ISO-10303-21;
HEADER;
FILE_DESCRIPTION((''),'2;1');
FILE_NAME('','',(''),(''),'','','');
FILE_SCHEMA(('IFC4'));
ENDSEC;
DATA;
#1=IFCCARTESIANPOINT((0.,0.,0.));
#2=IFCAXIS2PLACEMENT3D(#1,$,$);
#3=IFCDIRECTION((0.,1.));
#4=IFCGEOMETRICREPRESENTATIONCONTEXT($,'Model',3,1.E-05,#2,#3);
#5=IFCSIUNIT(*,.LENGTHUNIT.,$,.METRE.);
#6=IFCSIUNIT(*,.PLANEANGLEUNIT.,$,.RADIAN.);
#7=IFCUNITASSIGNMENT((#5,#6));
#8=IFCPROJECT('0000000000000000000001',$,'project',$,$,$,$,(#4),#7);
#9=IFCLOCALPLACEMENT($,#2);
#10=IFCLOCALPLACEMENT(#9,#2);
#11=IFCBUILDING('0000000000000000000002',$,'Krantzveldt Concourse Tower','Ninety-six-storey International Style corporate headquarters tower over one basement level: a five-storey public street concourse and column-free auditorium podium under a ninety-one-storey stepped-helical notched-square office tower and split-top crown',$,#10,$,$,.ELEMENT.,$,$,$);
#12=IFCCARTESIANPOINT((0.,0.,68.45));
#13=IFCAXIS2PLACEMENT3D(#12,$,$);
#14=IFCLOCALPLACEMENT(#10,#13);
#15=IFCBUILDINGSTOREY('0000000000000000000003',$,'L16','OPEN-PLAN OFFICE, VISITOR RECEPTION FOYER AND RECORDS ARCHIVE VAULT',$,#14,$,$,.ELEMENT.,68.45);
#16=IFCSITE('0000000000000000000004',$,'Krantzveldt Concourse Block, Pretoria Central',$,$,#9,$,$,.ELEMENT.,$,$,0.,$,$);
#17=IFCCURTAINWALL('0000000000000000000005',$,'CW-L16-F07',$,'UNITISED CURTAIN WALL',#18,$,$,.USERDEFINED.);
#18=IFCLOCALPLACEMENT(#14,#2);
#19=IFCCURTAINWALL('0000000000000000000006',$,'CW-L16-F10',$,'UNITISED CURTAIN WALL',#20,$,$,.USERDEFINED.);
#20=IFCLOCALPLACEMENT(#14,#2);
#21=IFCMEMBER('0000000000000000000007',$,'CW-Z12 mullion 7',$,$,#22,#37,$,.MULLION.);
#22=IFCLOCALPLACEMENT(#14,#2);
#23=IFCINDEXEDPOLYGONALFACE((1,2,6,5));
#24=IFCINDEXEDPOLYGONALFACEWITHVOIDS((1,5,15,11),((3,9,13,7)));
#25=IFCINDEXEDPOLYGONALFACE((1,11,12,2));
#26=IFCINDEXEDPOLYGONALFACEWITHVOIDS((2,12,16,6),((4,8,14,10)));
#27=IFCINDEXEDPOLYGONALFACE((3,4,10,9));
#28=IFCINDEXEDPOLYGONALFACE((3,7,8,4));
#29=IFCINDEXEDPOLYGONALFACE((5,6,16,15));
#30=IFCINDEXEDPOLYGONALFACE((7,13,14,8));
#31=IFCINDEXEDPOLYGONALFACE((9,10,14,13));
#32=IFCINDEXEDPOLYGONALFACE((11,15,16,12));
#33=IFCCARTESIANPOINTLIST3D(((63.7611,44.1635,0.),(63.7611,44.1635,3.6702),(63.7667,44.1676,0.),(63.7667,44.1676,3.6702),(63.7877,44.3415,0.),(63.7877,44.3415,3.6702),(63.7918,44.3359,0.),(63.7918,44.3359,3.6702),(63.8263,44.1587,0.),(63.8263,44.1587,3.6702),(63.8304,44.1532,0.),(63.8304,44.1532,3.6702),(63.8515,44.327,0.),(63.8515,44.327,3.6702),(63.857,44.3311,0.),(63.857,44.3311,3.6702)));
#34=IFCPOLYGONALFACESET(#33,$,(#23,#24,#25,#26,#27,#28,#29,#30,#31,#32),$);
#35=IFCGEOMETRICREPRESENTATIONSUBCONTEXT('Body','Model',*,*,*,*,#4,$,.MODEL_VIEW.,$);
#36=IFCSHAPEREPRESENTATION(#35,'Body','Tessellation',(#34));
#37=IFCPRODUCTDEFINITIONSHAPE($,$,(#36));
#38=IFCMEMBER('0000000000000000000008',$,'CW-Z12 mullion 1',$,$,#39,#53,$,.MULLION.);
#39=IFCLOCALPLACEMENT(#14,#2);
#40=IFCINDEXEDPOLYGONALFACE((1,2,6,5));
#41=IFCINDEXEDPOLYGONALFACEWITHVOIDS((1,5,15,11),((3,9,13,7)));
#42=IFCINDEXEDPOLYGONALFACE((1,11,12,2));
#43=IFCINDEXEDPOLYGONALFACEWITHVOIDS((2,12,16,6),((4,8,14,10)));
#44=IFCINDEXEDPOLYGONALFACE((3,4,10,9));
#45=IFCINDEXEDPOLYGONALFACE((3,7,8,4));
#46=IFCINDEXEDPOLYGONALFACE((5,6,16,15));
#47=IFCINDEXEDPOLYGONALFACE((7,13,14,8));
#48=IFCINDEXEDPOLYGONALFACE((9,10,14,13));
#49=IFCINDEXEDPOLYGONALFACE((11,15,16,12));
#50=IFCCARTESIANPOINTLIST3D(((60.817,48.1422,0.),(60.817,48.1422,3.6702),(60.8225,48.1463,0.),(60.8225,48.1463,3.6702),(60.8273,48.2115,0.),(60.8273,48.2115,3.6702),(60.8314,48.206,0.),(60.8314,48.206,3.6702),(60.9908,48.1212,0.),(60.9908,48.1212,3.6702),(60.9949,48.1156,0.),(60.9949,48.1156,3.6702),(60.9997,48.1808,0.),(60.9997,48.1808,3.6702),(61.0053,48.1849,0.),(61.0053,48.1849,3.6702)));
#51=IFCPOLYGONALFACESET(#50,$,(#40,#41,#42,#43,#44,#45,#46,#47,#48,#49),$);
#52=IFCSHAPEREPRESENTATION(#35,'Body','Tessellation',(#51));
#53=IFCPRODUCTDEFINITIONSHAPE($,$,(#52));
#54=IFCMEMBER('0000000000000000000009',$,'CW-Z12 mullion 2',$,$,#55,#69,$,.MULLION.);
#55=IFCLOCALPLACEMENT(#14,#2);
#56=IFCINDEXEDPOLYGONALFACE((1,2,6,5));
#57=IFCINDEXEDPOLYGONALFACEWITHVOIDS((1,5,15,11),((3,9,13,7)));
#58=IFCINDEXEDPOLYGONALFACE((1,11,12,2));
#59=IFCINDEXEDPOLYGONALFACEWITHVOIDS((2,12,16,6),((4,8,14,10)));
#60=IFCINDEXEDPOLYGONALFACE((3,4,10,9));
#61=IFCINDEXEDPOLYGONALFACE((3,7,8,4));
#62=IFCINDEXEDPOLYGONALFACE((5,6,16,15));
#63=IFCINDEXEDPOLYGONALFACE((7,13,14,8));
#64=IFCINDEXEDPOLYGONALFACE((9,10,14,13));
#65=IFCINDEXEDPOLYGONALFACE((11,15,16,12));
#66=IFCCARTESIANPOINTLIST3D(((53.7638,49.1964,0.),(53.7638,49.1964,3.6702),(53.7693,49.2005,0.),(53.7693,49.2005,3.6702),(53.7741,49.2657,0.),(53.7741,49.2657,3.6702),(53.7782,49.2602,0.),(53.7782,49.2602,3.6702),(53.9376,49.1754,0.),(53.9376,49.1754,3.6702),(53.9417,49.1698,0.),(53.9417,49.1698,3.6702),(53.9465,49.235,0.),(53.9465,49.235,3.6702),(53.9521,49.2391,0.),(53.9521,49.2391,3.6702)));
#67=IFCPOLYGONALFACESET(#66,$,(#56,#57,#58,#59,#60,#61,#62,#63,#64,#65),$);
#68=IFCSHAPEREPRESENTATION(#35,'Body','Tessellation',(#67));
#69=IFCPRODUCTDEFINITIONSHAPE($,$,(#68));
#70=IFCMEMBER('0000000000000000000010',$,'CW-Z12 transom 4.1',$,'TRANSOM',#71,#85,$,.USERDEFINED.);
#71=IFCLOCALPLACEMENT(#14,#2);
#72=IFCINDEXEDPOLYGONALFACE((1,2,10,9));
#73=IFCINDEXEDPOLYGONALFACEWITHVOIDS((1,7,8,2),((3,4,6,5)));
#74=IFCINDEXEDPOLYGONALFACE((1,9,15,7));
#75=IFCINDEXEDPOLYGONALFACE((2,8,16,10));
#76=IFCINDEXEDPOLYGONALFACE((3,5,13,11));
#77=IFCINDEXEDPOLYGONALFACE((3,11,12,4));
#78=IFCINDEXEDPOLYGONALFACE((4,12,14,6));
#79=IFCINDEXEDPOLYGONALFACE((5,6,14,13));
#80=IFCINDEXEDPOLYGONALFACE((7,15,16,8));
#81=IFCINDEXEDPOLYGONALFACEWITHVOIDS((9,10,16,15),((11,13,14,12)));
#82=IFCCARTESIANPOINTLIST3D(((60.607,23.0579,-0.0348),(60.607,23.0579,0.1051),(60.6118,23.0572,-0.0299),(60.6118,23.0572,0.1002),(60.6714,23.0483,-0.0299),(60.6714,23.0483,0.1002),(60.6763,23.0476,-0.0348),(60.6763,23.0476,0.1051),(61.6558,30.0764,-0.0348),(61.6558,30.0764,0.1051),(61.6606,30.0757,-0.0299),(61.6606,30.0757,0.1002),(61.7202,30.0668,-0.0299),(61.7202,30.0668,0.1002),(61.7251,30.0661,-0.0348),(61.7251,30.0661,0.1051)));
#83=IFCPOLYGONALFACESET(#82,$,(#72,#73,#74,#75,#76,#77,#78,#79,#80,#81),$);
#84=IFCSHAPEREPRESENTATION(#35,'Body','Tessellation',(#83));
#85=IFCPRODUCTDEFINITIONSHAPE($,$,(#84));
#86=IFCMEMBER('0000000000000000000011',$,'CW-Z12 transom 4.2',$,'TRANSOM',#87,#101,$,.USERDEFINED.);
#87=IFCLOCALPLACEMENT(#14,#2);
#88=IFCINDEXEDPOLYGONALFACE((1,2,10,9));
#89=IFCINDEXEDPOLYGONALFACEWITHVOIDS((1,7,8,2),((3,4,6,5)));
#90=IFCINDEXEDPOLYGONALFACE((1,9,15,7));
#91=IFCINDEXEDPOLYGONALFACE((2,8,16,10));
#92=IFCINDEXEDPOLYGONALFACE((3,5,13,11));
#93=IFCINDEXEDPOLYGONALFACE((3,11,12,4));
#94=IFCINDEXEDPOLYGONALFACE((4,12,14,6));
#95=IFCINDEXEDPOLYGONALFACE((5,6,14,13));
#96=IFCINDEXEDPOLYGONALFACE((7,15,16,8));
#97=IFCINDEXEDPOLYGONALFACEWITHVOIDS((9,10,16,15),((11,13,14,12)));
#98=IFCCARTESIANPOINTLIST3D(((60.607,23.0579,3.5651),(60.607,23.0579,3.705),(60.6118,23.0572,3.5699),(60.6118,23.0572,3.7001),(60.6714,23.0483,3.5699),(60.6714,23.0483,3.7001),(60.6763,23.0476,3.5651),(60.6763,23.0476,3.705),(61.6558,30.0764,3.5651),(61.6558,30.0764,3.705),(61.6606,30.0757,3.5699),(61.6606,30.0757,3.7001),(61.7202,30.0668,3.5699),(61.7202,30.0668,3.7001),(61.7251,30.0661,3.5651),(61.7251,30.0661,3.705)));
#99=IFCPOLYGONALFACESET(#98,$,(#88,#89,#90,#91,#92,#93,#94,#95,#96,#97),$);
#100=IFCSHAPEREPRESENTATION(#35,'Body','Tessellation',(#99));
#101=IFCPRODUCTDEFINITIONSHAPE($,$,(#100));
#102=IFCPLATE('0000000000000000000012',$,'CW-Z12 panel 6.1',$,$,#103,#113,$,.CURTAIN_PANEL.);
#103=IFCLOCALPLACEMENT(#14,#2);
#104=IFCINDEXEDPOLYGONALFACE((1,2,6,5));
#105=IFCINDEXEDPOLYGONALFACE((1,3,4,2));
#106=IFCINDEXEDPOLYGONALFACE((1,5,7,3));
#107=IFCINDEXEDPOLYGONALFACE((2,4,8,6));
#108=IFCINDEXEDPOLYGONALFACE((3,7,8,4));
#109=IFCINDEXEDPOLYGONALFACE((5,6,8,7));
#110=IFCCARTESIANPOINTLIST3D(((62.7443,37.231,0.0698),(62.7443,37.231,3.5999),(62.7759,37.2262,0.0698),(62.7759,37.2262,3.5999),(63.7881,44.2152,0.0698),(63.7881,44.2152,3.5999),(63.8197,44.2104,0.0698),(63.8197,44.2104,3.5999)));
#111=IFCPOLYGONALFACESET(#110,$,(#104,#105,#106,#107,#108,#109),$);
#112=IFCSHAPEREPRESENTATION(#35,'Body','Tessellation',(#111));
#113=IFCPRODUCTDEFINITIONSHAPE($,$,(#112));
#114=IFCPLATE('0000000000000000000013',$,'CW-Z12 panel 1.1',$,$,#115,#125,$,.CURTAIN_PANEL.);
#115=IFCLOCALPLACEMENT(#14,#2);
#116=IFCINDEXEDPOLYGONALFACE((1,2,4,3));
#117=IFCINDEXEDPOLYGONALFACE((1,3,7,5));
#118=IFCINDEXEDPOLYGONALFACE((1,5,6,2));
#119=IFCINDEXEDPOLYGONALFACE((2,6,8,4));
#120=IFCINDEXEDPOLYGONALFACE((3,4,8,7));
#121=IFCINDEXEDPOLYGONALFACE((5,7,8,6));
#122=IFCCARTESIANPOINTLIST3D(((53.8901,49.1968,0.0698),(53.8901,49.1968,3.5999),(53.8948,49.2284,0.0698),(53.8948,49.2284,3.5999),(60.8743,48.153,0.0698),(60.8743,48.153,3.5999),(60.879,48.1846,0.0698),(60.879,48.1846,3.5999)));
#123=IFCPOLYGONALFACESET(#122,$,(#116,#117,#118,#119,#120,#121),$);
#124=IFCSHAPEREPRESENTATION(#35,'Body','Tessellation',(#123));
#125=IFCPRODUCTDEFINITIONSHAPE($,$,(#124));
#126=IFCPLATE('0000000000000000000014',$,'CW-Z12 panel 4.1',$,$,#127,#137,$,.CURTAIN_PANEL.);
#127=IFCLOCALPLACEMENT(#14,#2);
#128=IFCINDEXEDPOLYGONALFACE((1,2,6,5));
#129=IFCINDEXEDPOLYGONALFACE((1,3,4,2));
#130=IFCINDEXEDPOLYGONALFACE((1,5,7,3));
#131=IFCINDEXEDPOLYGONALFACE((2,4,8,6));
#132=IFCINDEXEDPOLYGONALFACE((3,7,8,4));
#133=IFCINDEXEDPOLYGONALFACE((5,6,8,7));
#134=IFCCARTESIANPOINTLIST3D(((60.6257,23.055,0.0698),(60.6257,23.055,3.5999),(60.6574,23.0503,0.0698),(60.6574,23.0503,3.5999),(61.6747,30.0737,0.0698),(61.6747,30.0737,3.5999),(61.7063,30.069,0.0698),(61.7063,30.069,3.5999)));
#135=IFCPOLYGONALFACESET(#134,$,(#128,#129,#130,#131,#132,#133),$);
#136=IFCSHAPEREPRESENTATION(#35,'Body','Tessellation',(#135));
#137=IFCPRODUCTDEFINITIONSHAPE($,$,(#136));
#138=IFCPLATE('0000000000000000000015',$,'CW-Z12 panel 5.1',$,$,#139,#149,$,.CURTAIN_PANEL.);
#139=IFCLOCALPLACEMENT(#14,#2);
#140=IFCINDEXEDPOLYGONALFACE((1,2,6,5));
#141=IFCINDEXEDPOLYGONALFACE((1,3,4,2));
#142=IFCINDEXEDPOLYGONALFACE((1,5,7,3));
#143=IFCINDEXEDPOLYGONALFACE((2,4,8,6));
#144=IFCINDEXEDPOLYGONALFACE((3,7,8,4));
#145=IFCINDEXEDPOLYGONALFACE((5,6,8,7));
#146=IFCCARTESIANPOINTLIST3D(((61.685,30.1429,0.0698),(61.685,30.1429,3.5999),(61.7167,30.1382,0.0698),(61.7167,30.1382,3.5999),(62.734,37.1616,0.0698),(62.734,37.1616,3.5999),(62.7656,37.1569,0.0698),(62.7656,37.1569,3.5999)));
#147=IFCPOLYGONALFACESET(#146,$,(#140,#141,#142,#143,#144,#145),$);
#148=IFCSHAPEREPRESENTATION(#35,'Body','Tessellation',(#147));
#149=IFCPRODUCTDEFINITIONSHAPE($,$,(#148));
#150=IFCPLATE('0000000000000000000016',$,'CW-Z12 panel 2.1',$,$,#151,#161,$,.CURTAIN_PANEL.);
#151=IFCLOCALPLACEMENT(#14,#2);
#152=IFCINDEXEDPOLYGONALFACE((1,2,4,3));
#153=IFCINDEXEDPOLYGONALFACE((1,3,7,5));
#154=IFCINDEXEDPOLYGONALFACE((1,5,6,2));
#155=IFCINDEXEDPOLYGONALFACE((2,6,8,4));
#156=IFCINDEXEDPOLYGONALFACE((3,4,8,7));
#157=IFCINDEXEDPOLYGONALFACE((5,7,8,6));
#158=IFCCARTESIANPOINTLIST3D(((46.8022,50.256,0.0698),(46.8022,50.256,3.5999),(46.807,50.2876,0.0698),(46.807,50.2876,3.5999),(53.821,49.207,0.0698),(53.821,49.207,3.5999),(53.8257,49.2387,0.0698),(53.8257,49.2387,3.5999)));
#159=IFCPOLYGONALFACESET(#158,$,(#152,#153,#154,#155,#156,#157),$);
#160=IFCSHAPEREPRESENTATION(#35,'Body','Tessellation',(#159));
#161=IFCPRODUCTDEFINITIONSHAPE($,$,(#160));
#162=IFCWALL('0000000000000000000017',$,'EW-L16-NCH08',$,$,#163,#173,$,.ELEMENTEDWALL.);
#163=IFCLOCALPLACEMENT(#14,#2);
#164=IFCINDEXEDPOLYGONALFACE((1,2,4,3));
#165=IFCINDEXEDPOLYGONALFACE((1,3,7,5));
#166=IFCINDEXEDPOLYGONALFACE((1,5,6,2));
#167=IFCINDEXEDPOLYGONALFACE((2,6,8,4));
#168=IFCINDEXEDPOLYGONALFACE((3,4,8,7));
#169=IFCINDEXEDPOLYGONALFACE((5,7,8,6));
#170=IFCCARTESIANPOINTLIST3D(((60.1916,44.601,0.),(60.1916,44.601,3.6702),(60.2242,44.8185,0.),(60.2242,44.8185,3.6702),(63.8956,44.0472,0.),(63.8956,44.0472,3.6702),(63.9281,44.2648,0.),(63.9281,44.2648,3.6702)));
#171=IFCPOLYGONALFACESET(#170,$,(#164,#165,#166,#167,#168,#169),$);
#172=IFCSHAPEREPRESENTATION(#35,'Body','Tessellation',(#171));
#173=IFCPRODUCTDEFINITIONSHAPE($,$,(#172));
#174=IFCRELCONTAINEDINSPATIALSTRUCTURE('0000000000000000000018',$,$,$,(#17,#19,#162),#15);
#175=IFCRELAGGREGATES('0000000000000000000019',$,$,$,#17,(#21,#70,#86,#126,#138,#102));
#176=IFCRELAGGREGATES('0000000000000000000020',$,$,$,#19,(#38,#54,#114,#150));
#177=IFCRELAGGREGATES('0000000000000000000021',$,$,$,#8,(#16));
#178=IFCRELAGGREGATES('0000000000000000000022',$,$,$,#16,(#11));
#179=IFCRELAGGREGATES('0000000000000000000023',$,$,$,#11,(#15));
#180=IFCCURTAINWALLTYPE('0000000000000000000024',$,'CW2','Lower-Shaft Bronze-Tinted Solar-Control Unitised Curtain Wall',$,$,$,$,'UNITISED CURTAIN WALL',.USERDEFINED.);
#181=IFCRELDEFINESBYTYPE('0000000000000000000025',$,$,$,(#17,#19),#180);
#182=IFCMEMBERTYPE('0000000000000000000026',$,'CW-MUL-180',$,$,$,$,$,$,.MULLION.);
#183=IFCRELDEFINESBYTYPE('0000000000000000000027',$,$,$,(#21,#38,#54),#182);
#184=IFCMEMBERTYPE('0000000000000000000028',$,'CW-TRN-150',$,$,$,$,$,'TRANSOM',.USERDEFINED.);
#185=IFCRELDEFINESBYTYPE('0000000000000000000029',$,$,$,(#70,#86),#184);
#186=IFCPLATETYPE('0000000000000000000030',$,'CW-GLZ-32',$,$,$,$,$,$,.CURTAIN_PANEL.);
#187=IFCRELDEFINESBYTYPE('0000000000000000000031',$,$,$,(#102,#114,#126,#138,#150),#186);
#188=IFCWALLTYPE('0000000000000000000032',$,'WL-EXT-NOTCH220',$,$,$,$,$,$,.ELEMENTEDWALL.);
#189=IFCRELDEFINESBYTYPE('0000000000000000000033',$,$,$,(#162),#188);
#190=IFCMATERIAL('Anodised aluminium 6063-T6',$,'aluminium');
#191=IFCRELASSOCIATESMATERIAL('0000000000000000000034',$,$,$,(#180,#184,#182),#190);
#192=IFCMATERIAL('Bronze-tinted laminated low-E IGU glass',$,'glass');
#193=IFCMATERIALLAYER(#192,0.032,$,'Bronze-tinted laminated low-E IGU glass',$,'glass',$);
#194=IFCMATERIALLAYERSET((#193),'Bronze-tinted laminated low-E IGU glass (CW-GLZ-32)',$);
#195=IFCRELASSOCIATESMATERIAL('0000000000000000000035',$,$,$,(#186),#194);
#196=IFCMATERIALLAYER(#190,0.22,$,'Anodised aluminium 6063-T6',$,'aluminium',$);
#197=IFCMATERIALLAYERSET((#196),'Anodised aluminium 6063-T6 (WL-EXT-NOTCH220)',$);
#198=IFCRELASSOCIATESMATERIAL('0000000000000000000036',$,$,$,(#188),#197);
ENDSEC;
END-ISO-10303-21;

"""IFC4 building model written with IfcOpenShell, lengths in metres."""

from ifc_helpers import new_model, si_unit, direction, frame, frame_2d, origin, origin_2d, place, context, subcontext, project, spatial, rectangle, hollow_rectangle, extrude, source, transform, mapped, material, layer, layer_set, material_profile, profile_set, type_object, type_shapes, element, aggregate, save


model = new_model("IFC4")

# Units and contexts
model_context = context("Model", 3, precision=1e-05, world=origin(), true_north=direction((0.0, 1.0)))
body_context = subcontext(model_context, "Body", "Model", "MODEL_VIEW")
ifc_project = project(units=[si_unit("LENGTHUNIT", "METRE"), si_unit("PLANEANGLEUNIT", "RADIAN")], contexts=[model_context])

# Site, building, storey
site_placement = place(None, origin())
site = spatial("IfcSite", under=ifc_project, at=site_placement, Name="Krantzveldt Concourse Block, Pretoria Central", CompositionType="ELEMENT", RefElevation=0.0)
building_placement = place(site_placement, origin())
building = spatial("IfcBuilding", under=site, at=building_placement, Name="Krantzveldt Concourse Tower", Description="Ninety-six-storey International Style corporate headquarters tower over one basement level: a five-storey public street concourse and column-free auditorium podium under a ninety-one-storey stepped-helical notched-square office tower and split-top crown", CompositionType="ELEMENT")
storey_placement = place(building_placement, frame((0.0, 0.0, 68.45)))
storey = spatial("IfcBuildingStorey", under=building, at=storey_placement, Name="L16", Description="OPEN-PLAN OFFICE, VISITOR RECEPTION FOYER AND RECORDS ARCHIVE VAULT", CompositionType="ELEMENT", Elevation=68.45)

# Curtain walls
ifc_material_1 = material(Name="Anodised aluminium 6063-T6", Category="aluminium")
curtain_wall_type = type_object("IfcCurtainWallType", Name="CW2", Description="Lower-Shaft Bronze-Tinted Solar-Control Unitised Curtain Wall", ElementType="UNITISED CURTAIN WALL", PredefinedType="USERDEFINED", material=ifc_material_1)
curtain_wall_1_placement = place(storey_placement, origin())
curtain_wall_1 = element("IfcCurtainWall", 1, at=curtain_wall_1_placement, inside=storey, type_object=curtain_wall_type, Name="CW-L16-F07", ObjectType="UNITISED CURTAIN WALL", PredefinedType="USERDEFINED")
ifc_material_profile_1 = material_profile(ifc_material_1, hollow_rectangle(XDim=0.0701, YDim=0.1399, WallThickness=0.0049, at=origin_2d()), Name="Anodised aluminium 6063-T6", Category="aluminium")
ifc_profile_set_1 = profile_set([ifc_material_profile_1], Name="Anodised aluminium 6063-T6 - ALU-TRAN 140x70x5")
member_type_1 = type_object("IfcMemberType", Name="CW-TRN-150", ElementType="TRANSOM", PredefinedType="USERDEFINED", material=ifc_profile_set_1)
curtain_wall_2_placement = place(storey_placement, origin())
curtain_wall_2 = element("IfcCurtainWall", 2, at=curtain_wall_2_placement, inside=storey, type_object=curtain_wall_type, Name="CW-L16-F10", ObjectType="UNITISED CURTAIN WALL", PredefinedType="USERDEFINED")

# Members
ifc_material_profile_2 = material_profile(ifc_material_1, hollow_rectangle(XDim=0.0701, YDim=0.1799, WallThickness=0.0049, at=origin_2d()), Name="Anodised aluminium 6063-T6", Category="aluminium")
ifc_profile_set_2 = profile_set([ifc_material_profile_2], Name="Anodised aluminium 6063-T6 - ALU-MULL 180x70x5")
member_type_2 = type_object("IfcMemberType", Name="CW-MUL-180", PredefinedType="MULLION", material=ifc_profile_set_2)
shared_shape_1 = source(origin(), body_context, "Body", "SweptSolid", [
    extrude(hollow_rectangle(XDim=0.0701, YDim=0.1799, WallThickness=0.0049, at=origin_2d()), origin(), (0.0, 0.0, 1.0), 3.6702),
])
type_shapes(member_type_2, [shared_shape_1])
member_1_placement = place(storey_placement, frame((63.8091, 44.2473, 0.0), z_axis=(0.0, 0.0, 1.0), x_axis=(-0.989016, 0.14781, 0.0)))
member_1 = element("IfcMember", 3, at=member_1_placement, type_object=member_type_2, Name="CW-Z12 mullion 7", PredefinedType="MULLION", context=body_context, shape_type="MappedRepresentation", body=[
    mapped(shared_shape_1, transform((0.0, 0.0, 0.0), x_axis=(1.0, 0.0, 0.0), y_axis=(0.0, 1.0, 0.0), z_axis=(0.0, 0.0, 1.0), scale=1.0)),
])
member_2_placement = place(storey_placement, frame((60.9111, 48.1636, 0.0), z_axis=(0.0, 0.0, 1.0), x_axis=(-0.14781, -0.989016, 0.0)))
member_2 = element("IfcMember", 4, at=member_2_placement, type_object=member_type_2, Name="CW-Z12 mullion 1", PredefinedType="MULLION", context=body_context, shape_type="MappedRepresentation", body=[
    mapped(shared_shape_1, transform((0.0, 0.0, 0.0), x_axis=(1.0, 0.0, 0.0), y_axis=(0.0, 1.0, 0.0), z_axis=(0.0, 0.0, 1.0), scale=1.0)),
])
member_3_placement = place(storey_placement, frame((53.8579, 49.2178, 0.0), z_axis=(0.0, 0.0, 1.0), x_axis=(-0.14781, -0.989016, 0.0)))
member_3 = element("IfcMember", 5, at=member_3_placement, type_object=member_type_2, Name="CW-Z12 mullion 2", PredefinedType="MULLION", context=body_context, shape_type="MappedRepresentation", body=[
    mapped(shared_shape_1, transform((0.0, 0.0, 0.0), x_axis=(1.0, 0.0, 0.0), y_axis=(0.0, 1.0, 0.0), z_axis=(0.0, 0.0, 1.0), scale=1.0)),
])
shared_shape_2 = source(origin(), body_context, "Body", "SweptSolid", [
    extrude(hollow_rectangle(XDim=0.0701, YDim=0.1399, WallThickness=0.0049, at=origin_2d()), origin(), (0.0, 0.0, 1.0), 7.0964),
])
member_4_placement = place(storey_placement, frame((60.6416, 23.0527, 0.0352), z_axis=(0.147795, 0.989018, 0.0), x_axis=(-0.989018, 0.147795, 0.0)))
member_4 = element("IfcMember", 6, at=member_4_placement, type_object=member_type_1, Name="CW-Z12 transom 4.1", ObjectType="TRANSOM", PredefinedType="USERDEFINED", context=body_context, shape_type="MappedRepresentation", body=[
    mapped(shared_shape_2, transform((0.0, 0.0, 0.0), x_axis=(1.0, 0.0, 0.0), y_axis=(0.0, 1.0, 0.0), z_axis=(0.0, 0.0, 1.0), scale=1.0)),
])
member_5_placement = place(storey_placement, frame((60.6416, 23.0527, 3.635), z_axis=(0.147795, 0.989018, 0.0), x_axis=(-0.989018, 0.147795, 0.0)))
member_5 = element("IfcMember", 7, at=member_5_placement, type_object=member_type_1, Name="CW-Z12 transom 4.2", ObjectType="TRANSOM", PredefinedType="USERDEFINED", context=body_context, shape_type="MappedRepresentation", body=[
    mapped(shared_shape_2, transform((0.0, 0.0, 0.0), x_axis=(1.0, 0.0, 0.0), y_axis=(0.0, 1.0, 0.0), z_axis=(0.0, 0.0, 1.0), scale=1.0)),
])

# Plates
ifc_material_2 = material(Name="Bronze-tinted laminated low-E IGU glass", Category="glass")
ifc_layer_1 = layer(ifc_material_2, 0.032, Name="Bronze-tinted laminated low-E IGU glass", Category="glass")
ifc_layer_set_1 = layer_set([ifc_layer_1], Name="Bronze-tinted laminated low-E IGU glass (CW-GLZ-32)")
plate_type = type_object("IfcPlateType", Name="CW-GLZ-32", PredefinedType="CURTAIN_PANEL", material=ifc_layer_set_1)
shared_shape_3 = source(origin(), body_context, "Body", "SweptSolid", [
    extrude(rectangle(XDim=7.0618, YDim=0.032, at=origin_2d()), origin(), (0.0, 0.0, 1.0), 3.53),
])
plate_1_placement = place(storey_placement, frame((63.282, 40.7207, 0.0698), z_axis=(0.0, 0.0, 1.0), x_axis=(0.14781, 0.989016, 0.0)))
plate_1 = element("IfcPlate", 8, at=plate_1_placement, type_object=plate_type, Name="CW-Z12 panel 6.1", PredefinedType="CURTAIN_PANEL", context=body_context, shape_type="MappedRepresentation", body=[
    mapped(shared_shape_3, transform((0.0, 0.0, 0.0), x_axis=(1.0, 0.0, 0.0), y_axis=(0.0, 1.0, 0.0), z_axis=(0.0, 0.0, 1.0), scale=1.0)),
])
plate_2_placement = place(storey_placement, frame((57.3845, 48.6907, 0.0698), z_axis=(0.0, 0.0, 1.0), x_axis=(-0.989016, 0.14781, 0.0)))
plate_2 = element("IfcPlate", 9, at=plate_2_placement, type_object=plate_type, Name="CW-Z12 panel 1.1", PredefinedType="CURTAIN_PANEL", context=body_context, shape_type="MappedRepresentation", body=[
    mapped(shared_shape_3, transform((0.0, 0.0, 0.0), x_axis=(1.0, 0.0, 0.0), y_axis=(0.0, 1.0, 0.0), z_axis=(0.0, 0.0, 1.0), scale=1.0)),
])
shared_shape_4 = source(origin(), body_context, "Body", "SweptSolid", [
    extrude(rectangle(XDim=7.0967, YDim=0.032, at=origin_2d()), origin(), (0.0, 0.0, 1.0), 3.53),
])
type_shapes(plate_type, [shared_shape_3, shared_shape_4])
plate_3_placement = place(storey_placement, frame((61.166, 26.562, 0.0698), z_axis=(0.0, 0.0, 1.0), x_axis=(0.14781, 0.989016, 0.0)))
plate_3 = element("IfcPlate", 10, at=plate_3_placement, type_object=plate_type, Name="CW-Z12 panel 4.1", PredefinedType="CURTAIN_PANEL", context=body_context, shape_type="MappedRepresentation", body=[
    mapped(shared_shape_4, transform((0.0, 0.0, 0.0), x_axis=(1.0, 0.0, 0.0), y_axis=(0.0, 1.0, 0.0), z_axis=(0.0, 0.0, 1.0), scale=1.0)),
])
plate_4_placement = place(storey_placement, frame((62.2253, 33.6499, 0.0698), z_axis=(0.0, 0.0, 1.0), x_axis=(0.14781, 0.989016, 0.0)))
plate_4 = element("IfcPlate", 11, at=plate_4_placement, type_object=plate_type, Name="CW-Z12 panel 5.1", PredefinedType="CURTAIN_PANEL", context=body_context, shape_type="MappedRepresentation", body=[
    mapped(shared_shape_4, transform((0.0, 0.0, 0.0), x_axis=(1.0, 0.0, 0.0), y_axis=(0.0, 1.0, 0.0), z_axis=(0.0, 0.0, 1.0), scale=1.0)),
])
aggregate(curtain_wall_1, [member_1, member_4, member_5, plate_3, plate_4, plate_1])
plate_5_placement = place(storey_placement, frame((50.314, 49.7473, 0.0698), z_axis=(0.0, 0.0, 1.0), x_axis=(-0.989016, 0.14781, 0.0)))
plate_5 = element("IfcPlate", 12, at=plate_5_placement, type_object=plate_type, Name="CW-Z12 panel 2.1", PredefinedType="CURTAIN_PANEL", context=body_context, shape_type="MappedRepresentation", body=[
    mapped(shared_shape_4, transform((0.0, 0.0, 0.0), x_axis=(1.0, 0.0, 0.0), y_axis=(0.0, 1.0, 0.0), z_axis=(0.0, 0.0, 1.0), scale=1.0)),
])
aggregate(curtain_wall_2, [member_2, member_3, plate_2, plate_5])

# Wall
ifc_layer_2 = layer(ifc_material_1, 0.22, Name="Anodised aluminium 6063-T6", Category="aluminium")
ifc_layer_set_2 = layer_set([ifc_layer_2], Name="Anodised aluminium 6063-T6 (WL-EXT-NOTCH220)")
wall_type = type_object("IfcWallType", Name="WL-EXT-NOTCH220", PredefinedType="ELEMENTEDWALL", material=ifc_layer_set_2)
wall_1_placement = place(storey_placement, frame((63.9119, 44.156, 0.0), z_axis=(0.0, 0.0, 1.0), x_axis=(-0.989009, 0.147853, 0.0)))
element("IfcWall", 13, at=wall_1_placement, inside=storey, type_object=wall_type, Name="EW-L16-NCH08", PredefinedType="ELEMENTEDWALL", context=body_context, shape_type="SweptSolid", body=[
    extrude(rectangle(XDim=3.7451, YDim=0.22, at=frame_2d((1.8726, 0.0))), origin(), (0.0, 0.0, 1.0), 3.6702),
])

save(model, "model.ifc")
